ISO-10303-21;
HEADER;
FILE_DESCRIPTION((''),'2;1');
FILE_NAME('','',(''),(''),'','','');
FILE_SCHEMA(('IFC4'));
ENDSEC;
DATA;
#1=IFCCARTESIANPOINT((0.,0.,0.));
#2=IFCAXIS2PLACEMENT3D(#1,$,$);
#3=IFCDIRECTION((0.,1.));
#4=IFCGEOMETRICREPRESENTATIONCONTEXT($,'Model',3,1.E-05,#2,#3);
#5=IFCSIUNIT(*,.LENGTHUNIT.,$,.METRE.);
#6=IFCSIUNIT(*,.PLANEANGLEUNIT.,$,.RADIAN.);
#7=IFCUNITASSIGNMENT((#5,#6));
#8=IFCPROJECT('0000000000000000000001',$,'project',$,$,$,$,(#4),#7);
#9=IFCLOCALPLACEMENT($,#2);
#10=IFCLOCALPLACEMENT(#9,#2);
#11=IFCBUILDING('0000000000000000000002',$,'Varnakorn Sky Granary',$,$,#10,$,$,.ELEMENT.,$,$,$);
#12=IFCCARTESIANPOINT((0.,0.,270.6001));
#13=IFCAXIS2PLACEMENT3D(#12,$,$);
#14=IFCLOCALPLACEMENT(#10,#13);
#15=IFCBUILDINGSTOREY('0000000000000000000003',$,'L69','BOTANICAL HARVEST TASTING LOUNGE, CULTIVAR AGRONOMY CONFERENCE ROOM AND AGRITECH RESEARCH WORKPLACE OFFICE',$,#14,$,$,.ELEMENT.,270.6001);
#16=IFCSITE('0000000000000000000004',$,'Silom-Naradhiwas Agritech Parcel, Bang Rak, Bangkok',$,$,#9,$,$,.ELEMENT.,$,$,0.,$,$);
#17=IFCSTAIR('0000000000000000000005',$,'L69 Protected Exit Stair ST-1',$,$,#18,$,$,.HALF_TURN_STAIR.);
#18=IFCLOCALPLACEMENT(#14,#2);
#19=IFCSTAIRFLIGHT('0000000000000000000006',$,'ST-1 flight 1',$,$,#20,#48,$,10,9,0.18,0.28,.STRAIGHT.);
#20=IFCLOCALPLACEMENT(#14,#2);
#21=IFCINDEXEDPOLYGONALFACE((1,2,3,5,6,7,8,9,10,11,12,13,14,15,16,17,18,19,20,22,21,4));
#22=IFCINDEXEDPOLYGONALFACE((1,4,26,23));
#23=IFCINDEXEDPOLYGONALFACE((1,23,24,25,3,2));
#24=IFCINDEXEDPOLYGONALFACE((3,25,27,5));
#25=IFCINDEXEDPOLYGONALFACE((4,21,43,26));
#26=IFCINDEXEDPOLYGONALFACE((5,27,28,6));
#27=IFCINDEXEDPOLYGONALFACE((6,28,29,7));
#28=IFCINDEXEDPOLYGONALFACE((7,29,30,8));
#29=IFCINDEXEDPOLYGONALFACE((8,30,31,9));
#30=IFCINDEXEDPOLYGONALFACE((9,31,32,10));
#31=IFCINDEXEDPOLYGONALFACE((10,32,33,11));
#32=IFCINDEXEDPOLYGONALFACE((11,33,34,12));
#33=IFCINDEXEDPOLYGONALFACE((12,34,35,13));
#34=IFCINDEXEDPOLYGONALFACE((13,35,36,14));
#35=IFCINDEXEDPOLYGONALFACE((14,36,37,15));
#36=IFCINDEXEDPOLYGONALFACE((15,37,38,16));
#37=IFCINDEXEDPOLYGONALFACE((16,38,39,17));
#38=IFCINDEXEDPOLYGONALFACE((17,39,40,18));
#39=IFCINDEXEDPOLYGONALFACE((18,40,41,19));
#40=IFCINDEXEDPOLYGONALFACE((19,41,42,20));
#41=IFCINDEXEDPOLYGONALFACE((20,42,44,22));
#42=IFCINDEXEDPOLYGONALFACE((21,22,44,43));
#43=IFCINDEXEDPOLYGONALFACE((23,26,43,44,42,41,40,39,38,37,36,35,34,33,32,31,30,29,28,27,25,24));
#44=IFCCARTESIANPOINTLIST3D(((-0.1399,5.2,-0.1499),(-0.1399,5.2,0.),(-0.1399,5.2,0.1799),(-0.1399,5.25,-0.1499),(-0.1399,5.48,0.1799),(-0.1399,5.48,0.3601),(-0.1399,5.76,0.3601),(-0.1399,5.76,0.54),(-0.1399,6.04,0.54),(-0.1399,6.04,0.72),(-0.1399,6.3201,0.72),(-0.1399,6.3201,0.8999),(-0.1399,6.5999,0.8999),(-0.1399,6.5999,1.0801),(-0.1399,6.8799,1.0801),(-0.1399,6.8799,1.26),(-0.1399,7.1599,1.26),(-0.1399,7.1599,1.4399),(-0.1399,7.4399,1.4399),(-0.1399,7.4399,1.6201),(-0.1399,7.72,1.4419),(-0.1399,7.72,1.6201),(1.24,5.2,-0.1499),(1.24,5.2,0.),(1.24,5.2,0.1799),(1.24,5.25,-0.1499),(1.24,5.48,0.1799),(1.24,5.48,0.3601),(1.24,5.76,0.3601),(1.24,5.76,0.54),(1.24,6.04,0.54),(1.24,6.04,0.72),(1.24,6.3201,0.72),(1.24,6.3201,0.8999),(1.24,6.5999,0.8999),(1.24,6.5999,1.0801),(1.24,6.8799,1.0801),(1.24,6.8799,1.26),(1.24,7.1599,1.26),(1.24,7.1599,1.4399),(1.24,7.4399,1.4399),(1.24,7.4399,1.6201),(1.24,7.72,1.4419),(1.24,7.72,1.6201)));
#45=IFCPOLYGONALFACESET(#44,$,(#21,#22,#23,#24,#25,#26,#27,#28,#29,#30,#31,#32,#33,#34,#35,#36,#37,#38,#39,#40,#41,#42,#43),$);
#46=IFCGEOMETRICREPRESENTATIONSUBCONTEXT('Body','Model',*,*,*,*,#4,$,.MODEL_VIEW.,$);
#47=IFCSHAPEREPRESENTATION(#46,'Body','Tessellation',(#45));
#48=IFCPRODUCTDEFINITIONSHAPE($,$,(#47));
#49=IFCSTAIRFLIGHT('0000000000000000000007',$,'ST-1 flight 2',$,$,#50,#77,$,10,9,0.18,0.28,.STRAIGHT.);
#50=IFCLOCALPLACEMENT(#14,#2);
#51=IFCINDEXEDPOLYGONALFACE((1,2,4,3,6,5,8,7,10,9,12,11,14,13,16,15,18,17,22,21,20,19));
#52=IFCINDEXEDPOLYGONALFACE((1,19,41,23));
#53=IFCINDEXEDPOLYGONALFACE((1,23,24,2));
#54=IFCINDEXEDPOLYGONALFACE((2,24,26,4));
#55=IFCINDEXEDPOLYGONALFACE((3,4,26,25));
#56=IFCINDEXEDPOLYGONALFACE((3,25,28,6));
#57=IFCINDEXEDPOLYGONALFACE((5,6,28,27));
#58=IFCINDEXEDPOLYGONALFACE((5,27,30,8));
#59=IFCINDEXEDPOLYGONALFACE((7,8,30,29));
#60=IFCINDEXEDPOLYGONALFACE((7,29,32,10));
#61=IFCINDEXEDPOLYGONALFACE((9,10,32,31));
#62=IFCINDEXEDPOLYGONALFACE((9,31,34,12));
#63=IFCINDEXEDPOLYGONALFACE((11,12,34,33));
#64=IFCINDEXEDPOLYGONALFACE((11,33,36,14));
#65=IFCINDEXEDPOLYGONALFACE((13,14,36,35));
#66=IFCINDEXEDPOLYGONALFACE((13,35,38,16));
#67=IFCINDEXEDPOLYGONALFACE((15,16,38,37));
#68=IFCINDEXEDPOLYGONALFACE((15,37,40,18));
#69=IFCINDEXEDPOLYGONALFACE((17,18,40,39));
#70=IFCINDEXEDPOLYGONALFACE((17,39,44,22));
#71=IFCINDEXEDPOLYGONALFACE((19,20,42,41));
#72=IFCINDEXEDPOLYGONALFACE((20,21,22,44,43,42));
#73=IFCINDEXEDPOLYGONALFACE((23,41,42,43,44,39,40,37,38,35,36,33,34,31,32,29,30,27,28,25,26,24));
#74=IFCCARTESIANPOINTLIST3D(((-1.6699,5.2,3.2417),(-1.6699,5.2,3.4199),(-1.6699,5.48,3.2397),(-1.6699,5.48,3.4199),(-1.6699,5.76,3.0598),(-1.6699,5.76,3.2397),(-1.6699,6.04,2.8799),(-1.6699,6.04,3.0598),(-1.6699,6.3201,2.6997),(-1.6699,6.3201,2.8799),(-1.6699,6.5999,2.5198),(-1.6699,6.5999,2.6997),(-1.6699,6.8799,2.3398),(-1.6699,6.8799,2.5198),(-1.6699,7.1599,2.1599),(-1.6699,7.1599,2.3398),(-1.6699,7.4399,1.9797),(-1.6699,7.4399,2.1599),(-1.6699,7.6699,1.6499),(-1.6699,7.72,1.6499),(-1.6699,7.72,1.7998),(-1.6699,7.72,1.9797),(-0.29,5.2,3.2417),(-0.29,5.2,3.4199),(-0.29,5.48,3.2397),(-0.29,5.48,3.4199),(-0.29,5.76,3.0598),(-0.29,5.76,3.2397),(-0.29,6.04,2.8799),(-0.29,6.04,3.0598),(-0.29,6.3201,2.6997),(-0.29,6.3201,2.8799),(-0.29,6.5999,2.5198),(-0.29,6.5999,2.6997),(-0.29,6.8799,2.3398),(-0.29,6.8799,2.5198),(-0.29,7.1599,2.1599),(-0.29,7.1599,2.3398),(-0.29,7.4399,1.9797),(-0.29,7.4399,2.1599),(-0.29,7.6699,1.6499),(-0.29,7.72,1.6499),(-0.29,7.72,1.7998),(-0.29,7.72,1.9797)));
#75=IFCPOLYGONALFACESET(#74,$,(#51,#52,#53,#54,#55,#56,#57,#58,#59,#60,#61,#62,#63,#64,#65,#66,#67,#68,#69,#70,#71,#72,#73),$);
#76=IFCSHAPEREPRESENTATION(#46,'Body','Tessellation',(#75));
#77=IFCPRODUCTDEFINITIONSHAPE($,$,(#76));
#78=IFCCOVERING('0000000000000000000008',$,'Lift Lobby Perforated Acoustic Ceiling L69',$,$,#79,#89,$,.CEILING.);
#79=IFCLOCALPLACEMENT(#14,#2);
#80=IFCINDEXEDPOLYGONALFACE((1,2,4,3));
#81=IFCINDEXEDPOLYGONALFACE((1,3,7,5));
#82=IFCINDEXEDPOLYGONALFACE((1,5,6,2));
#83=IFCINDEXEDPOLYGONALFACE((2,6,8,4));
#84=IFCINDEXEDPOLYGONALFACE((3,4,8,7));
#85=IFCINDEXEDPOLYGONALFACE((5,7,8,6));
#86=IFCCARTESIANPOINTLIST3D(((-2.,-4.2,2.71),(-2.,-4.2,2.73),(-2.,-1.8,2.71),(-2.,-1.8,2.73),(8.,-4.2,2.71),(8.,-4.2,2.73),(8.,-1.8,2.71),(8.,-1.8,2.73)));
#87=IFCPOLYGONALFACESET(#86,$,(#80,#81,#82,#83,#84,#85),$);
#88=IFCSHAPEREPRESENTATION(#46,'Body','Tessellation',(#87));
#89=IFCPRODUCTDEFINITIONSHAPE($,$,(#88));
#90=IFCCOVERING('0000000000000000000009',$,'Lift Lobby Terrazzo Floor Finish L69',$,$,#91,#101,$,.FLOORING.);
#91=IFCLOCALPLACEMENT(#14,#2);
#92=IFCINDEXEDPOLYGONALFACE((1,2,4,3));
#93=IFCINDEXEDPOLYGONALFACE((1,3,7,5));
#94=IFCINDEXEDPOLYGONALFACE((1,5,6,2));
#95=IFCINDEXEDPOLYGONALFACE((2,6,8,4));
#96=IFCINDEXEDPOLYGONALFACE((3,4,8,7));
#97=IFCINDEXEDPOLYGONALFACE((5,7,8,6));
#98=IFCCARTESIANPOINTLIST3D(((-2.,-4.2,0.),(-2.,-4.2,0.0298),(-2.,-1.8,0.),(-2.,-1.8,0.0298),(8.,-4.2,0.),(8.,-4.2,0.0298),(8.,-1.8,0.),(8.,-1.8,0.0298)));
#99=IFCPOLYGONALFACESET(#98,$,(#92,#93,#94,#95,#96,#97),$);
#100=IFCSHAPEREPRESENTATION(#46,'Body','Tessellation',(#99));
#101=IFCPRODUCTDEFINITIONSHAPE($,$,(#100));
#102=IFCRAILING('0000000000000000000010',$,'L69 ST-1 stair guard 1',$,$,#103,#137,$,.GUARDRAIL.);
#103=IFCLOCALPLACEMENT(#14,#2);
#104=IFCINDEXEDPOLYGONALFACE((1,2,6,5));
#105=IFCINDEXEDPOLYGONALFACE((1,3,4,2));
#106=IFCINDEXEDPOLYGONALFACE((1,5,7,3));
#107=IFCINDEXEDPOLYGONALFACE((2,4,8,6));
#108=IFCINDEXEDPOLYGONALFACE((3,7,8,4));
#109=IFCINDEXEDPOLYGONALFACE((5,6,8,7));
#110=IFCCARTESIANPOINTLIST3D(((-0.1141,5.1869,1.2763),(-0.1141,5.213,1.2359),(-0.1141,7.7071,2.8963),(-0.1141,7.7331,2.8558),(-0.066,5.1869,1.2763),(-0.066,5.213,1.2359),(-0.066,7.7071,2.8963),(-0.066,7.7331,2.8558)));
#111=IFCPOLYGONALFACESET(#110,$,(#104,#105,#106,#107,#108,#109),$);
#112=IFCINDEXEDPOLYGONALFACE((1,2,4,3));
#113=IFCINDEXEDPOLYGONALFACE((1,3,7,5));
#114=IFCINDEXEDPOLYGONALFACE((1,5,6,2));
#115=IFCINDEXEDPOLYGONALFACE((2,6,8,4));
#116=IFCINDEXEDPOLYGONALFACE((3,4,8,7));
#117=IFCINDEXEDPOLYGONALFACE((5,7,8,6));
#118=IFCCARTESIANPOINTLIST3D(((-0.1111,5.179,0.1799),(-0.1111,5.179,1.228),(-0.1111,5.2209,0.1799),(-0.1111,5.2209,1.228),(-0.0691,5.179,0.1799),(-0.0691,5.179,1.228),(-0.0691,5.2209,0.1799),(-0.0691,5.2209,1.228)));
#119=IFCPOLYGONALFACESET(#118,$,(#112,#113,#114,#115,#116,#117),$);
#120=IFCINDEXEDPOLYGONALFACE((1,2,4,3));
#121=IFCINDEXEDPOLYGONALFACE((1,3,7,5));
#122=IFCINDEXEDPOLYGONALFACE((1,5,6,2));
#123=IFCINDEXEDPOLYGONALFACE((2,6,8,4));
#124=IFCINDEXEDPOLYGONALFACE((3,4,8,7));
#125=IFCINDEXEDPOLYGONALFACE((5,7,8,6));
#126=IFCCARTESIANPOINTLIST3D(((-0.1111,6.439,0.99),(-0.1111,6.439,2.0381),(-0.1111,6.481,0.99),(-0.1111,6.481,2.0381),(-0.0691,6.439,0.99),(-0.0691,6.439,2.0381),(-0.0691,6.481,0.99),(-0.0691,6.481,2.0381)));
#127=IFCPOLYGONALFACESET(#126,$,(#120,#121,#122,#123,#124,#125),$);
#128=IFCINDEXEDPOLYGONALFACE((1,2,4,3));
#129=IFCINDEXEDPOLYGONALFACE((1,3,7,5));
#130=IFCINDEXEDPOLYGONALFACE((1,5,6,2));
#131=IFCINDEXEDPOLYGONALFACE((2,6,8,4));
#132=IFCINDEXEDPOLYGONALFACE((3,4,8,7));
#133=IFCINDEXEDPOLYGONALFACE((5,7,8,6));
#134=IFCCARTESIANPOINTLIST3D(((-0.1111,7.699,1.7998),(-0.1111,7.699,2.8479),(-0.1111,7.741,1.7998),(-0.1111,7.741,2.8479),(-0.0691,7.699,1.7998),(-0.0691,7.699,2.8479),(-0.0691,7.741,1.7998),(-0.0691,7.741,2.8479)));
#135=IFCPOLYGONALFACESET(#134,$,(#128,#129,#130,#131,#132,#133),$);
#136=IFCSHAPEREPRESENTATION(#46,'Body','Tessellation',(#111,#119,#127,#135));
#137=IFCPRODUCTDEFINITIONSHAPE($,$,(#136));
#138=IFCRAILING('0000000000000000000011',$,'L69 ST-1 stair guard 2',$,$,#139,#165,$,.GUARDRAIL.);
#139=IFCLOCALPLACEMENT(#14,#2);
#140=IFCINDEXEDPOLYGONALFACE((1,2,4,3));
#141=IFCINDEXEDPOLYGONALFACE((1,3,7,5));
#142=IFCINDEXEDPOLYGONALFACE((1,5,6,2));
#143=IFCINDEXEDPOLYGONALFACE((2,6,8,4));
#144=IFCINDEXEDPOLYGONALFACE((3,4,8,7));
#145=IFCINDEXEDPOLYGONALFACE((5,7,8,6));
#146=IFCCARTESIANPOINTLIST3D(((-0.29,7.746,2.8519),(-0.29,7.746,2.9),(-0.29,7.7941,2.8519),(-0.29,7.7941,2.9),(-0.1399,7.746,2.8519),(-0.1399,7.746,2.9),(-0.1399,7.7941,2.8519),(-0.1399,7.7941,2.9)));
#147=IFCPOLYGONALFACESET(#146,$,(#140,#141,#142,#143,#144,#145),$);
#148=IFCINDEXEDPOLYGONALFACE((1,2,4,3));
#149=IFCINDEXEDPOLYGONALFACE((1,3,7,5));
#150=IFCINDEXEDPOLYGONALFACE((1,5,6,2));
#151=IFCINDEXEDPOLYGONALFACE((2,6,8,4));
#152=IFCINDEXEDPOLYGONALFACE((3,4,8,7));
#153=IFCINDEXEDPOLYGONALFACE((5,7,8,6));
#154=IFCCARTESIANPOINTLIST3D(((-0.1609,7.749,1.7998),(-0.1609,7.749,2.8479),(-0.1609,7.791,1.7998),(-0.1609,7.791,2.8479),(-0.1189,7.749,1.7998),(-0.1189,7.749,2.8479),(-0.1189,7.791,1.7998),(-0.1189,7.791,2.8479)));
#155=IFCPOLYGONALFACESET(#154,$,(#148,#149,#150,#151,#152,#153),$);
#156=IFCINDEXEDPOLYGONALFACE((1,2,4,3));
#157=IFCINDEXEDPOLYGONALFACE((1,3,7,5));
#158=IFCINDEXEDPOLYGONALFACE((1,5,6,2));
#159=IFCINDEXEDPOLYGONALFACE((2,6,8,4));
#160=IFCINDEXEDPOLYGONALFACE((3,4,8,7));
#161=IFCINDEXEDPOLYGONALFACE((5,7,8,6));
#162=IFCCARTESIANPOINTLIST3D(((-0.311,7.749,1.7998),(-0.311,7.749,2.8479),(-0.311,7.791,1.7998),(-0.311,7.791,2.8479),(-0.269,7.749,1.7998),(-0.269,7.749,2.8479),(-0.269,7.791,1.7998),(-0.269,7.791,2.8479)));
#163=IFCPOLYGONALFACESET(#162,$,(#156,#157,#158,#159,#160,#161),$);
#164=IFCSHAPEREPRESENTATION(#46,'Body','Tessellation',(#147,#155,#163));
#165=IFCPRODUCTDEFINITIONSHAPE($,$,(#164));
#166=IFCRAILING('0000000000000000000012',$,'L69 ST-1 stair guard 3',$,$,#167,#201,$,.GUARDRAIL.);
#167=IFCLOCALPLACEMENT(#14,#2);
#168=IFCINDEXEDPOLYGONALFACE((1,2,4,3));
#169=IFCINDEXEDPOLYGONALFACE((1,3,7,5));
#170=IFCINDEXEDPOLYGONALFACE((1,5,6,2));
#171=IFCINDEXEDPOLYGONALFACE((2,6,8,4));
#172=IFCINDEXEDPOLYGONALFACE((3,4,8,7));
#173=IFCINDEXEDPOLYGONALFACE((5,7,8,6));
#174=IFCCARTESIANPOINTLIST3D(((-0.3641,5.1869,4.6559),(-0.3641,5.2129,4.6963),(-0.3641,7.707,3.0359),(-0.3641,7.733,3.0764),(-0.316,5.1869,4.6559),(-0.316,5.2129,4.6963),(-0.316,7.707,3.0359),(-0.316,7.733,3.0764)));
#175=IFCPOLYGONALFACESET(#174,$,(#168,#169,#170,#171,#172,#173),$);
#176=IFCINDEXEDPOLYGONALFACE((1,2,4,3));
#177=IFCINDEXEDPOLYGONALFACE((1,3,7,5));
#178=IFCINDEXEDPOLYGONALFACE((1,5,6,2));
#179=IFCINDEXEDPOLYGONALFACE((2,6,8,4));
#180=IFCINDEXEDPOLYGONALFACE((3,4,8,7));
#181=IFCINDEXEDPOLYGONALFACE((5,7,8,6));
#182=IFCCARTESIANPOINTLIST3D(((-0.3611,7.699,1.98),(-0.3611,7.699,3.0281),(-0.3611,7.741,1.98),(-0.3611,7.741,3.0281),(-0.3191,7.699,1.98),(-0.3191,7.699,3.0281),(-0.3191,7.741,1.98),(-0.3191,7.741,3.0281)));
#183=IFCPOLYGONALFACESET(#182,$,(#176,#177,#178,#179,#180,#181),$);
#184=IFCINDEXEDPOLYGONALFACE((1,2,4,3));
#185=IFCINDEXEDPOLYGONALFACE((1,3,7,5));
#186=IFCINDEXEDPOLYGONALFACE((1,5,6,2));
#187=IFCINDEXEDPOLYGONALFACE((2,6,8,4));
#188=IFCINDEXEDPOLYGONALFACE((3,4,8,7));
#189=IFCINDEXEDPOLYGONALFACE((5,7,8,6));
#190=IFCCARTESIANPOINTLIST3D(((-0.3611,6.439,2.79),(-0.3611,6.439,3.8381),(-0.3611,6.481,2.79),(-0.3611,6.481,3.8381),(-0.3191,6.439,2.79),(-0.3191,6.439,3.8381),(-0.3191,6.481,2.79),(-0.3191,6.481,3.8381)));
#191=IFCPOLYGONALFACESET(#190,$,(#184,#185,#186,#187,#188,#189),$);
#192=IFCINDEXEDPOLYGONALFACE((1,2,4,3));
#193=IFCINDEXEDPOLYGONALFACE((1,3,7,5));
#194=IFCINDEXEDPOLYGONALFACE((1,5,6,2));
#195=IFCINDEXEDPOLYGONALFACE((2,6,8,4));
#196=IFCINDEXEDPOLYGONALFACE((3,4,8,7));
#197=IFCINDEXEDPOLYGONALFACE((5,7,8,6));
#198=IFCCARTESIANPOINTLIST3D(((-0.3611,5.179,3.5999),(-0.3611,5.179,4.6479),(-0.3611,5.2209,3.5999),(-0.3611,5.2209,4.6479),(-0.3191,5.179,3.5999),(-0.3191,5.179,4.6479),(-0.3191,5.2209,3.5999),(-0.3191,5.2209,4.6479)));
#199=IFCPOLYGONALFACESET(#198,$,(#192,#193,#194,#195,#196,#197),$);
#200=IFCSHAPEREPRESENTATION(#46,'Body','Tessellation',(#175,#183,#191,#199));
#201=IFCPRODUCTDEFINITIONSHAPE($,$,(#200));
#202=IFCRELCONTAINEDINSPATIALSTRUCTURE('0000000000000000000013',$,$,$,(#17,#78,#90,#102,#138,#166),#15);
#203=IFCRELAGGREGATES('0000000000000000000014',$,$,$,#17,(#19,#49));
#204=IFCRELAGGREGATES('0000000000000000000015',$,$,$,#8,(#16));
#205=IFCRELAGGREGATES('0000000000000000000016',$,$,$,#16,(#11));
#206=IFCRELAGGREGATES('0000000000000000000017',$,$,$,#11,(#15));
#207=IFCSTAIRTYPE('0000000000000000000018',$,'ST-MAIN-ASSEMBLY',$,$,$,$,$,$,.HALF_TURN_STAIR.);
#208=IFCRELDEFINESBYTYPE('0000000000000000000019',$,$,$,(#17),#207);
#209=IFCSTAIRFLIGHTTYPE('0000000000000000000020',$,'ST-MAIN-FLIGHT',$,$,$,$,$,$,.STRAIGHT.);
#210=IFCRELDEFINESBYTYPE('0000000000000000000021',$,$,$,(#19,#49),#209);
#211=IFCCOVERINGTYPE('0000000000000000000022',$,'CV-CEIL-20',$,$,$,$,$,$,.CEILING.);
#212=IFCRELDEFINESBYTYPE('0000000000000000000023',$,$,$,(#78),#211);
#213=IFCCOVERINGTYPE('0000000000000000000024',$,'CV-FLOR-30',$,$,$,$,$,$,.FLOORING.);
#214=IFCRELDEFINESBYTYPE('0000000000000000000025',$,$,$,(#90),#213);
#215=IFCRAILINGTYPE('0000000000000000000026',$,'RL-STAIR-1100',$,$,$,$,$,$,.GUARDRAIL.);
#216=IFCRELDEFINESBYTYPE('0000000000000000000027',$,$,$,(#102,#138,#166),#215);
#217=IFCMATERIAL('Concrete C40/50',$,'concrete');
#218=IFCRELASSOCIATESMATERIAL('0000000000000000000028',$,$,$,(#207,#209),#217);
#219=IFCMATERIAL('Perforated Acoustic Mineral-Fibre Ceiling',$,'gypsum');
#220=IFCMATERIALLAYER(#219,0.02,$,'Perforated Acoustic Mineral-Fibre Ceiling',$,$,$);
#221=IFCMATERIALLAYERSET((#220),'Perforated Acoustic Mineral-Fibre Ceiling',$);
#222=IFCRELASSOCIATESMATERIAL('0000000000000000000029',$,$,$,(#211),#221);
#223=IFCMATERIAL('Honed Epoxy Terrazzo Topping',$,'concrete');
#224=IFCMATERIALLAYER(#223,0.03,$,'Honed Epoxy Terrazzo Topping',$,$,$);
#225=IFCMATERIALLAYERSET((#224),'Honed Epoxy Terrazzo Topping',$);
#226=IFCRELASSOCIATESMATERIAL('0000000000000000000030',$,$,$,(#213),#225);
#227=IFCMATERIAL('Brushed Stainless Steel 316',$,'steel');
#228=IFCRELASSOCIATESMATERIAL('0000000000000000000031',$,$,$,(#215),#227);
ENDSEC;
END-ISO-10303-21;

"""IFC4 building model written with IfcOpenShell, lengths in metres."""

from ifc_helpers import new_model, si_unit, direction, frame, origin, origin_2d, place, context, subcontext, project, spatial, polyline, rectangle, outline, extrude, material, layer, layer_set, type_object, element, aggregate, save


model = new_model("IFC4")

# Units and contexts
model_context = context("Model", 3, precision=1e-05, world=origin(), true_north=direction((0.0, 1.0)))
body_context = subcontext(model_context, "Body", "Model", "MODEL_VIEW")
ifc_project = project(units=[si_unit("LENGTHUNIT", "METRE"), si_unit("PLANEANGLEUNIT", "RADIAN")], contexts=[model_context])

# Site, building, storey
site_placement = place(None, origin())
site = spatial("IfcSite", under=ifc_project, at=site_placement, Name="Silom-Naradhiwas Agritech Parcel, Bang Rak, Bangkok", CompositionType="ELEMENT", RefElevation=0.0)
building_placement = place(site_placement, origin())
building = spatial("IfcBuilding", under=site, at=building_placement, Name="Varnakorn Sky Granary", CompositionType="ELEMENT")
storey_placement = place(building_placement, frame((0.0, 0.0, 270.6001)))
storey = spatial("IfcBuildingStorey", under=building, at=storey_placement, Name="L69", Description="BOTANICAL HARVEST TASTING LOUNGE, CULTIVAR AGRONOMY CONFERENCE ROOM AND AGRITECH RESEARCH WORKPLACE OFFICE", CompositionType="ELEMENT", Elevation=270.6001)

# Stair, stair flights
ifc_material_1 = material(Name="Concrete C40/50", Category="concrete")
stair_type = type_object("IfcStairType", Name="ST-MAIN-ASSEMBLY", PredefinedType="HALF_TURN_STAIR", material=ifc_material_1)
stair_placement = place(storey_placement, origin())
stair = element("IfcStair", 1, at=stair_placement, inside=storey, type_object=stair_type, Name="L69 Protected Exit Stair ST-1", PredefinedType="HALF_TURN_STAIR")
stair_flight_type = type_object("IfcStairFlightType", Name="ST-MAIN-FLIGHT", PredefinedType="STRAIGHT", material=ifc_material_1)
stair_flight_1_placement = place(storey_placement, frame((0.55, 5.2, 0.0), z_axis=(0.0, 0.0, 1.0), x_axis=(0.0, 1.0, 0.0)))
stair_flight_1 = element("IfcStairFlight", 2, at=stair_flight_1_placement, type_object=stair_flight_type, Name="ST-1 flight 1", NumberOfRisers=10, NumberOfTreads=9, PredefinedType="STRAIGHT", RiserHeight=0.18, TreadLength=0.28, context=body_context, shape_type="SweptSolid", body=[
    extrude(outline(polyline([(0.0, -0.1499), (0.0, 0.0), (0.0, 0.1799), (0.28, 0.1799), (0.28, 0.3601), (0.5601, 0.3601), (0.5601, 0.54), (0.8401, 0.54), (0.8401, 0.72), (1.1201, 0.72), (1.1201, 0.8999), (1.3999, 0.8999), (1.3999, 1.0801), (1.6799, 1.0801), (1.6799, 1.26), (1.96, 1.26), (1.96, 1.4399), (2.24, 1.4399), (2.24, 1.6201), (2.52, 1.6201), (2.52, 1.8), (2.52, 1.4419), (0.05, -0.1499), (0.0, -0.1499)])), frame((0.0, 0.6899, 0.0), z_axis=(0.0, -1.0, 0.0), x_axis=(1.0, 0.0, 0.0)), (0.0, 0.0, 1.0), 1.3799),
])
stair_flight_2_placement = place(storey_placement, frame((-0.98, 7.72, 1.7998), z_axis=(0.0, 0.0, 1.0), x_axis=(0.0, -1.0, 0.0)))
stair_flight_2 = element("IfcStairFlight", 3, at=stair_flight_2_placement, type_object=stair_flight_type, Name="ST-1 flight 2", NumberOfRisers=10, NumberOfTreads=9, PredefinedType="STRAIGHT", RiserHeight=0.18, TreadLength=0.28, context=body_context, shape_type="SweptSolid", body=[
    extrude(outline(polyline([(0.0, -0.1499), (0.0, 0.0), (0.0, 0.1799), (0.28, 0.1799), (0.28, 0.3601), (0.5601, 0.3601), (0.5601, 0.54), (0.8401, 0.54), (0.8401, 0.72), (1.1201, 0.72), (1.1201, 0.8999), (1.3999, 0.8999), (1.3999, 1.0801), (1.6799, 1.0801), (1.6799, 1.26), (1.96, 1.26), (1.96, 1.4399), (2.24, 1.4399), (2.24, 1.6201), (2.52, 1.6201), (2.52, 1.8), (2.52, 1.4419), (0.05, -0.1499), (0.0, -0.1499)])), frame((0.0, 0.6899, 0.0), z_axis=(0.0, -1.0, 0.0), x_axis=(1.0, 0.0, 0.0)), (0.0, 0.0, 1.0), 1.3799),
])
aggregate(stair, [stair_flight_1, stair_flight_2])

# Coverings
ifc_material_2 = material(Name="Perforated Acoustic Mineral-Fibre Ceiling", Category="gypsum")
ifc_layer_1 = layer(ifc_material_2, 0.02, Name="Perforated Acoustic Mineral-Fibre Ceiling")
ifc_layer_set_1 = layer_set([ifc_layer_1], Name="Perforated Acoustic Mineral-Fibre Ceiling")
covering_type_1 = type_object("IfcCoveringType", Name="CV-CEIL-20", PredefinedType="CEILING", material=ifc_layer_set_1)
covering_1_placement = place(storey_placement, frame((0.0, 0.0, 2.71)))
element("IfcCovering", 4, at=covering_1_placement, inside=storey, type_object=covering_type_1, Name="Lift Lobby Perforated Acoustic Ceiling L69", PredefinedType="CEILING", context=body_context, shape_type="SweptSolid", body=[
    extrude(outline(polyline([(-2.0, -4.2), (8.0, -4.2), (8.0, -1.8), (-2.0, -1.8), (-2.0, -4.2)])), origin(), (0.0, 0.0, 1.0), 0.02),
])
ifc_material_3 = material(Name="Honed Epoxy Terrazzo Topping", Category="concrete")
ifc_layer_2 = layer(ifc_material_3, 0.03, Name="Honed Epoxy Terrazzo Topping")
ifc_layer_set_2 = layer_set([ifc_layer_2], Name="Honed Epoxy Terrazzo Topping")
covering_type_2 = type_object("IfcCoveringType", Name="CV-FLOR-30", PredefinedType="FLOORING", material=ifc_layer_set_2)
covering_2_placement = place(storey_placement, origin())
element("IfcCovering", 5, at=covering_2_placement, inside=storey, type_object=covering_type_2, Name="Lift Lobby Terrazzo Floor Finish L69", PredefinedType="FLOORING", context=body_context, shape_type="SweptSolid", body=[
    extrude(outline(polyline([(-2.0, -4.2), (8.0, -4.2), (8.0, -1.8), (-2.0, -1.8), (-2.0, -4.2)])), origin(), (0.0, 0.0, 1.0), 0.0298),
])

# Railings
ifc_material_4 = material(Name="Brushed Stainless Steel 316", Category="steel")
railing_type_1 = type_object("IfcRailingType", Name="RL-STAIR-1100", PredefinedType="GUARDRAIL", material=ifc_material_4)
railing_1_placement = place(storey_placement, frame((-0.0901, 5.2, 0.1799)))
element("IfcRailing", 6, at=railing_1_placement, inside=storey, type_object=railing_type_1, Name="L69 ST-1 stair guard 1", PredefinedType="GUARDRAIL", context=body_context, shape_type="SweptSolid", body=[
    extrude(rectangle(XDim=0.0481, YDim=0.0481, at=origin_2d()), frame((0.0, 0.0, 1.0762), z_axis=(0.0, 0.8412, 0.540725), x_axis=(-1.0, 0.0, 0.0)), (0.0, 0.0, 1.0), 2.9958),
    extrude(rectangle(XDim=0.042, YDim=0.042, at=origin_2d()), origin(), (0.0, 0.0, 1.0), 1.0481),
    extrude(rectangle(XDim=0.042, YDim=0.042, at=origin_2d()), frame((0.0, 1.26, 0.8101)), (0.0, 0.0, 1.0), 1.0481),
    extrude(rectangle(XDim=0.042, YDim=0.042, at=origin_2d()), frame((0.0, 2.52, 1.6199)), (0.0, 0.0, 1.0), 1.0481),
])
railing_2_placement = place(storey_placement, frame((-0.1399, 7.77, 1.7998)))
element("IfcRailing", 7, at=railing_2_placement, inside=storey, type_object=railing_type_1, Name="L69 ST-1 stair guard 2", PredefinedType="GUARDRAIL", context=body_context, shape_type="SweptSolid", body=[
    extrude(rectangle(XDim=0.0481, YDim=0.0481, at=origin_2d()), frame((0.0, 0.0, 1.0762), z_axis=(-1.0, 0.0, 0.0), x_axis=(0.0, -1.0, 0.0)), (0.0, 0.0, 1.0), 0.1501),
    extrude(rectangle(XDim=0.042, YDim=0.042, at=origin_2d()), origin(), (0.0, 0.0, 1.0), 1.0481),
    extrude(rectangle(XDim=0.042, YDim=0.042, at=origin_2d()), frame((-0.1501, 0.0, 0.0)), (0.0, 0.0, 1.0), 1.0481),
])
railing_3_placement = place(storey_placement, frame((-0.3401, 7.72, 1.98)))
element("IfcRailing", 8, at=railing_3_placement, inside=storey, type_object=railing_type_1, Name="L69 ST-1 stair guard 3", PredefinedType="GUARDRAIL", context=body_context, shape_type="SweptSolid", body=[
    extrude(rectangle(XDim=0.0481, YDim=0.0481, at=origin_2d()), frame((0.0, 0.0, 1.0762), z_axis=(0.0, -0.8412, 0.540725), x_axis=(1.0, 0.0, 0.0)), (0.0, 0.0, 1.0), 2.9958),
    extrude(rectangle(XDim=0.042, YDim=0.042, at=origin_2d()), origin(), (0.0, 0.0, 1.0), 1.0481),
    extrude(rectangle(XDim=0.042, YDim=0.042, at=origin_2d()), frame((0.0, -1.26, 0.8101)), (0.0, 0.0, 1.0), 1.0481),
    extrude(rectangle(XDim=0.042, YDim=0.042, at=origin_2d()), frame((0.0, -2.52, 1.6199)), (0.0, 0.0, 1.0), 1.0481),
])

save(model, "model.ifc")
